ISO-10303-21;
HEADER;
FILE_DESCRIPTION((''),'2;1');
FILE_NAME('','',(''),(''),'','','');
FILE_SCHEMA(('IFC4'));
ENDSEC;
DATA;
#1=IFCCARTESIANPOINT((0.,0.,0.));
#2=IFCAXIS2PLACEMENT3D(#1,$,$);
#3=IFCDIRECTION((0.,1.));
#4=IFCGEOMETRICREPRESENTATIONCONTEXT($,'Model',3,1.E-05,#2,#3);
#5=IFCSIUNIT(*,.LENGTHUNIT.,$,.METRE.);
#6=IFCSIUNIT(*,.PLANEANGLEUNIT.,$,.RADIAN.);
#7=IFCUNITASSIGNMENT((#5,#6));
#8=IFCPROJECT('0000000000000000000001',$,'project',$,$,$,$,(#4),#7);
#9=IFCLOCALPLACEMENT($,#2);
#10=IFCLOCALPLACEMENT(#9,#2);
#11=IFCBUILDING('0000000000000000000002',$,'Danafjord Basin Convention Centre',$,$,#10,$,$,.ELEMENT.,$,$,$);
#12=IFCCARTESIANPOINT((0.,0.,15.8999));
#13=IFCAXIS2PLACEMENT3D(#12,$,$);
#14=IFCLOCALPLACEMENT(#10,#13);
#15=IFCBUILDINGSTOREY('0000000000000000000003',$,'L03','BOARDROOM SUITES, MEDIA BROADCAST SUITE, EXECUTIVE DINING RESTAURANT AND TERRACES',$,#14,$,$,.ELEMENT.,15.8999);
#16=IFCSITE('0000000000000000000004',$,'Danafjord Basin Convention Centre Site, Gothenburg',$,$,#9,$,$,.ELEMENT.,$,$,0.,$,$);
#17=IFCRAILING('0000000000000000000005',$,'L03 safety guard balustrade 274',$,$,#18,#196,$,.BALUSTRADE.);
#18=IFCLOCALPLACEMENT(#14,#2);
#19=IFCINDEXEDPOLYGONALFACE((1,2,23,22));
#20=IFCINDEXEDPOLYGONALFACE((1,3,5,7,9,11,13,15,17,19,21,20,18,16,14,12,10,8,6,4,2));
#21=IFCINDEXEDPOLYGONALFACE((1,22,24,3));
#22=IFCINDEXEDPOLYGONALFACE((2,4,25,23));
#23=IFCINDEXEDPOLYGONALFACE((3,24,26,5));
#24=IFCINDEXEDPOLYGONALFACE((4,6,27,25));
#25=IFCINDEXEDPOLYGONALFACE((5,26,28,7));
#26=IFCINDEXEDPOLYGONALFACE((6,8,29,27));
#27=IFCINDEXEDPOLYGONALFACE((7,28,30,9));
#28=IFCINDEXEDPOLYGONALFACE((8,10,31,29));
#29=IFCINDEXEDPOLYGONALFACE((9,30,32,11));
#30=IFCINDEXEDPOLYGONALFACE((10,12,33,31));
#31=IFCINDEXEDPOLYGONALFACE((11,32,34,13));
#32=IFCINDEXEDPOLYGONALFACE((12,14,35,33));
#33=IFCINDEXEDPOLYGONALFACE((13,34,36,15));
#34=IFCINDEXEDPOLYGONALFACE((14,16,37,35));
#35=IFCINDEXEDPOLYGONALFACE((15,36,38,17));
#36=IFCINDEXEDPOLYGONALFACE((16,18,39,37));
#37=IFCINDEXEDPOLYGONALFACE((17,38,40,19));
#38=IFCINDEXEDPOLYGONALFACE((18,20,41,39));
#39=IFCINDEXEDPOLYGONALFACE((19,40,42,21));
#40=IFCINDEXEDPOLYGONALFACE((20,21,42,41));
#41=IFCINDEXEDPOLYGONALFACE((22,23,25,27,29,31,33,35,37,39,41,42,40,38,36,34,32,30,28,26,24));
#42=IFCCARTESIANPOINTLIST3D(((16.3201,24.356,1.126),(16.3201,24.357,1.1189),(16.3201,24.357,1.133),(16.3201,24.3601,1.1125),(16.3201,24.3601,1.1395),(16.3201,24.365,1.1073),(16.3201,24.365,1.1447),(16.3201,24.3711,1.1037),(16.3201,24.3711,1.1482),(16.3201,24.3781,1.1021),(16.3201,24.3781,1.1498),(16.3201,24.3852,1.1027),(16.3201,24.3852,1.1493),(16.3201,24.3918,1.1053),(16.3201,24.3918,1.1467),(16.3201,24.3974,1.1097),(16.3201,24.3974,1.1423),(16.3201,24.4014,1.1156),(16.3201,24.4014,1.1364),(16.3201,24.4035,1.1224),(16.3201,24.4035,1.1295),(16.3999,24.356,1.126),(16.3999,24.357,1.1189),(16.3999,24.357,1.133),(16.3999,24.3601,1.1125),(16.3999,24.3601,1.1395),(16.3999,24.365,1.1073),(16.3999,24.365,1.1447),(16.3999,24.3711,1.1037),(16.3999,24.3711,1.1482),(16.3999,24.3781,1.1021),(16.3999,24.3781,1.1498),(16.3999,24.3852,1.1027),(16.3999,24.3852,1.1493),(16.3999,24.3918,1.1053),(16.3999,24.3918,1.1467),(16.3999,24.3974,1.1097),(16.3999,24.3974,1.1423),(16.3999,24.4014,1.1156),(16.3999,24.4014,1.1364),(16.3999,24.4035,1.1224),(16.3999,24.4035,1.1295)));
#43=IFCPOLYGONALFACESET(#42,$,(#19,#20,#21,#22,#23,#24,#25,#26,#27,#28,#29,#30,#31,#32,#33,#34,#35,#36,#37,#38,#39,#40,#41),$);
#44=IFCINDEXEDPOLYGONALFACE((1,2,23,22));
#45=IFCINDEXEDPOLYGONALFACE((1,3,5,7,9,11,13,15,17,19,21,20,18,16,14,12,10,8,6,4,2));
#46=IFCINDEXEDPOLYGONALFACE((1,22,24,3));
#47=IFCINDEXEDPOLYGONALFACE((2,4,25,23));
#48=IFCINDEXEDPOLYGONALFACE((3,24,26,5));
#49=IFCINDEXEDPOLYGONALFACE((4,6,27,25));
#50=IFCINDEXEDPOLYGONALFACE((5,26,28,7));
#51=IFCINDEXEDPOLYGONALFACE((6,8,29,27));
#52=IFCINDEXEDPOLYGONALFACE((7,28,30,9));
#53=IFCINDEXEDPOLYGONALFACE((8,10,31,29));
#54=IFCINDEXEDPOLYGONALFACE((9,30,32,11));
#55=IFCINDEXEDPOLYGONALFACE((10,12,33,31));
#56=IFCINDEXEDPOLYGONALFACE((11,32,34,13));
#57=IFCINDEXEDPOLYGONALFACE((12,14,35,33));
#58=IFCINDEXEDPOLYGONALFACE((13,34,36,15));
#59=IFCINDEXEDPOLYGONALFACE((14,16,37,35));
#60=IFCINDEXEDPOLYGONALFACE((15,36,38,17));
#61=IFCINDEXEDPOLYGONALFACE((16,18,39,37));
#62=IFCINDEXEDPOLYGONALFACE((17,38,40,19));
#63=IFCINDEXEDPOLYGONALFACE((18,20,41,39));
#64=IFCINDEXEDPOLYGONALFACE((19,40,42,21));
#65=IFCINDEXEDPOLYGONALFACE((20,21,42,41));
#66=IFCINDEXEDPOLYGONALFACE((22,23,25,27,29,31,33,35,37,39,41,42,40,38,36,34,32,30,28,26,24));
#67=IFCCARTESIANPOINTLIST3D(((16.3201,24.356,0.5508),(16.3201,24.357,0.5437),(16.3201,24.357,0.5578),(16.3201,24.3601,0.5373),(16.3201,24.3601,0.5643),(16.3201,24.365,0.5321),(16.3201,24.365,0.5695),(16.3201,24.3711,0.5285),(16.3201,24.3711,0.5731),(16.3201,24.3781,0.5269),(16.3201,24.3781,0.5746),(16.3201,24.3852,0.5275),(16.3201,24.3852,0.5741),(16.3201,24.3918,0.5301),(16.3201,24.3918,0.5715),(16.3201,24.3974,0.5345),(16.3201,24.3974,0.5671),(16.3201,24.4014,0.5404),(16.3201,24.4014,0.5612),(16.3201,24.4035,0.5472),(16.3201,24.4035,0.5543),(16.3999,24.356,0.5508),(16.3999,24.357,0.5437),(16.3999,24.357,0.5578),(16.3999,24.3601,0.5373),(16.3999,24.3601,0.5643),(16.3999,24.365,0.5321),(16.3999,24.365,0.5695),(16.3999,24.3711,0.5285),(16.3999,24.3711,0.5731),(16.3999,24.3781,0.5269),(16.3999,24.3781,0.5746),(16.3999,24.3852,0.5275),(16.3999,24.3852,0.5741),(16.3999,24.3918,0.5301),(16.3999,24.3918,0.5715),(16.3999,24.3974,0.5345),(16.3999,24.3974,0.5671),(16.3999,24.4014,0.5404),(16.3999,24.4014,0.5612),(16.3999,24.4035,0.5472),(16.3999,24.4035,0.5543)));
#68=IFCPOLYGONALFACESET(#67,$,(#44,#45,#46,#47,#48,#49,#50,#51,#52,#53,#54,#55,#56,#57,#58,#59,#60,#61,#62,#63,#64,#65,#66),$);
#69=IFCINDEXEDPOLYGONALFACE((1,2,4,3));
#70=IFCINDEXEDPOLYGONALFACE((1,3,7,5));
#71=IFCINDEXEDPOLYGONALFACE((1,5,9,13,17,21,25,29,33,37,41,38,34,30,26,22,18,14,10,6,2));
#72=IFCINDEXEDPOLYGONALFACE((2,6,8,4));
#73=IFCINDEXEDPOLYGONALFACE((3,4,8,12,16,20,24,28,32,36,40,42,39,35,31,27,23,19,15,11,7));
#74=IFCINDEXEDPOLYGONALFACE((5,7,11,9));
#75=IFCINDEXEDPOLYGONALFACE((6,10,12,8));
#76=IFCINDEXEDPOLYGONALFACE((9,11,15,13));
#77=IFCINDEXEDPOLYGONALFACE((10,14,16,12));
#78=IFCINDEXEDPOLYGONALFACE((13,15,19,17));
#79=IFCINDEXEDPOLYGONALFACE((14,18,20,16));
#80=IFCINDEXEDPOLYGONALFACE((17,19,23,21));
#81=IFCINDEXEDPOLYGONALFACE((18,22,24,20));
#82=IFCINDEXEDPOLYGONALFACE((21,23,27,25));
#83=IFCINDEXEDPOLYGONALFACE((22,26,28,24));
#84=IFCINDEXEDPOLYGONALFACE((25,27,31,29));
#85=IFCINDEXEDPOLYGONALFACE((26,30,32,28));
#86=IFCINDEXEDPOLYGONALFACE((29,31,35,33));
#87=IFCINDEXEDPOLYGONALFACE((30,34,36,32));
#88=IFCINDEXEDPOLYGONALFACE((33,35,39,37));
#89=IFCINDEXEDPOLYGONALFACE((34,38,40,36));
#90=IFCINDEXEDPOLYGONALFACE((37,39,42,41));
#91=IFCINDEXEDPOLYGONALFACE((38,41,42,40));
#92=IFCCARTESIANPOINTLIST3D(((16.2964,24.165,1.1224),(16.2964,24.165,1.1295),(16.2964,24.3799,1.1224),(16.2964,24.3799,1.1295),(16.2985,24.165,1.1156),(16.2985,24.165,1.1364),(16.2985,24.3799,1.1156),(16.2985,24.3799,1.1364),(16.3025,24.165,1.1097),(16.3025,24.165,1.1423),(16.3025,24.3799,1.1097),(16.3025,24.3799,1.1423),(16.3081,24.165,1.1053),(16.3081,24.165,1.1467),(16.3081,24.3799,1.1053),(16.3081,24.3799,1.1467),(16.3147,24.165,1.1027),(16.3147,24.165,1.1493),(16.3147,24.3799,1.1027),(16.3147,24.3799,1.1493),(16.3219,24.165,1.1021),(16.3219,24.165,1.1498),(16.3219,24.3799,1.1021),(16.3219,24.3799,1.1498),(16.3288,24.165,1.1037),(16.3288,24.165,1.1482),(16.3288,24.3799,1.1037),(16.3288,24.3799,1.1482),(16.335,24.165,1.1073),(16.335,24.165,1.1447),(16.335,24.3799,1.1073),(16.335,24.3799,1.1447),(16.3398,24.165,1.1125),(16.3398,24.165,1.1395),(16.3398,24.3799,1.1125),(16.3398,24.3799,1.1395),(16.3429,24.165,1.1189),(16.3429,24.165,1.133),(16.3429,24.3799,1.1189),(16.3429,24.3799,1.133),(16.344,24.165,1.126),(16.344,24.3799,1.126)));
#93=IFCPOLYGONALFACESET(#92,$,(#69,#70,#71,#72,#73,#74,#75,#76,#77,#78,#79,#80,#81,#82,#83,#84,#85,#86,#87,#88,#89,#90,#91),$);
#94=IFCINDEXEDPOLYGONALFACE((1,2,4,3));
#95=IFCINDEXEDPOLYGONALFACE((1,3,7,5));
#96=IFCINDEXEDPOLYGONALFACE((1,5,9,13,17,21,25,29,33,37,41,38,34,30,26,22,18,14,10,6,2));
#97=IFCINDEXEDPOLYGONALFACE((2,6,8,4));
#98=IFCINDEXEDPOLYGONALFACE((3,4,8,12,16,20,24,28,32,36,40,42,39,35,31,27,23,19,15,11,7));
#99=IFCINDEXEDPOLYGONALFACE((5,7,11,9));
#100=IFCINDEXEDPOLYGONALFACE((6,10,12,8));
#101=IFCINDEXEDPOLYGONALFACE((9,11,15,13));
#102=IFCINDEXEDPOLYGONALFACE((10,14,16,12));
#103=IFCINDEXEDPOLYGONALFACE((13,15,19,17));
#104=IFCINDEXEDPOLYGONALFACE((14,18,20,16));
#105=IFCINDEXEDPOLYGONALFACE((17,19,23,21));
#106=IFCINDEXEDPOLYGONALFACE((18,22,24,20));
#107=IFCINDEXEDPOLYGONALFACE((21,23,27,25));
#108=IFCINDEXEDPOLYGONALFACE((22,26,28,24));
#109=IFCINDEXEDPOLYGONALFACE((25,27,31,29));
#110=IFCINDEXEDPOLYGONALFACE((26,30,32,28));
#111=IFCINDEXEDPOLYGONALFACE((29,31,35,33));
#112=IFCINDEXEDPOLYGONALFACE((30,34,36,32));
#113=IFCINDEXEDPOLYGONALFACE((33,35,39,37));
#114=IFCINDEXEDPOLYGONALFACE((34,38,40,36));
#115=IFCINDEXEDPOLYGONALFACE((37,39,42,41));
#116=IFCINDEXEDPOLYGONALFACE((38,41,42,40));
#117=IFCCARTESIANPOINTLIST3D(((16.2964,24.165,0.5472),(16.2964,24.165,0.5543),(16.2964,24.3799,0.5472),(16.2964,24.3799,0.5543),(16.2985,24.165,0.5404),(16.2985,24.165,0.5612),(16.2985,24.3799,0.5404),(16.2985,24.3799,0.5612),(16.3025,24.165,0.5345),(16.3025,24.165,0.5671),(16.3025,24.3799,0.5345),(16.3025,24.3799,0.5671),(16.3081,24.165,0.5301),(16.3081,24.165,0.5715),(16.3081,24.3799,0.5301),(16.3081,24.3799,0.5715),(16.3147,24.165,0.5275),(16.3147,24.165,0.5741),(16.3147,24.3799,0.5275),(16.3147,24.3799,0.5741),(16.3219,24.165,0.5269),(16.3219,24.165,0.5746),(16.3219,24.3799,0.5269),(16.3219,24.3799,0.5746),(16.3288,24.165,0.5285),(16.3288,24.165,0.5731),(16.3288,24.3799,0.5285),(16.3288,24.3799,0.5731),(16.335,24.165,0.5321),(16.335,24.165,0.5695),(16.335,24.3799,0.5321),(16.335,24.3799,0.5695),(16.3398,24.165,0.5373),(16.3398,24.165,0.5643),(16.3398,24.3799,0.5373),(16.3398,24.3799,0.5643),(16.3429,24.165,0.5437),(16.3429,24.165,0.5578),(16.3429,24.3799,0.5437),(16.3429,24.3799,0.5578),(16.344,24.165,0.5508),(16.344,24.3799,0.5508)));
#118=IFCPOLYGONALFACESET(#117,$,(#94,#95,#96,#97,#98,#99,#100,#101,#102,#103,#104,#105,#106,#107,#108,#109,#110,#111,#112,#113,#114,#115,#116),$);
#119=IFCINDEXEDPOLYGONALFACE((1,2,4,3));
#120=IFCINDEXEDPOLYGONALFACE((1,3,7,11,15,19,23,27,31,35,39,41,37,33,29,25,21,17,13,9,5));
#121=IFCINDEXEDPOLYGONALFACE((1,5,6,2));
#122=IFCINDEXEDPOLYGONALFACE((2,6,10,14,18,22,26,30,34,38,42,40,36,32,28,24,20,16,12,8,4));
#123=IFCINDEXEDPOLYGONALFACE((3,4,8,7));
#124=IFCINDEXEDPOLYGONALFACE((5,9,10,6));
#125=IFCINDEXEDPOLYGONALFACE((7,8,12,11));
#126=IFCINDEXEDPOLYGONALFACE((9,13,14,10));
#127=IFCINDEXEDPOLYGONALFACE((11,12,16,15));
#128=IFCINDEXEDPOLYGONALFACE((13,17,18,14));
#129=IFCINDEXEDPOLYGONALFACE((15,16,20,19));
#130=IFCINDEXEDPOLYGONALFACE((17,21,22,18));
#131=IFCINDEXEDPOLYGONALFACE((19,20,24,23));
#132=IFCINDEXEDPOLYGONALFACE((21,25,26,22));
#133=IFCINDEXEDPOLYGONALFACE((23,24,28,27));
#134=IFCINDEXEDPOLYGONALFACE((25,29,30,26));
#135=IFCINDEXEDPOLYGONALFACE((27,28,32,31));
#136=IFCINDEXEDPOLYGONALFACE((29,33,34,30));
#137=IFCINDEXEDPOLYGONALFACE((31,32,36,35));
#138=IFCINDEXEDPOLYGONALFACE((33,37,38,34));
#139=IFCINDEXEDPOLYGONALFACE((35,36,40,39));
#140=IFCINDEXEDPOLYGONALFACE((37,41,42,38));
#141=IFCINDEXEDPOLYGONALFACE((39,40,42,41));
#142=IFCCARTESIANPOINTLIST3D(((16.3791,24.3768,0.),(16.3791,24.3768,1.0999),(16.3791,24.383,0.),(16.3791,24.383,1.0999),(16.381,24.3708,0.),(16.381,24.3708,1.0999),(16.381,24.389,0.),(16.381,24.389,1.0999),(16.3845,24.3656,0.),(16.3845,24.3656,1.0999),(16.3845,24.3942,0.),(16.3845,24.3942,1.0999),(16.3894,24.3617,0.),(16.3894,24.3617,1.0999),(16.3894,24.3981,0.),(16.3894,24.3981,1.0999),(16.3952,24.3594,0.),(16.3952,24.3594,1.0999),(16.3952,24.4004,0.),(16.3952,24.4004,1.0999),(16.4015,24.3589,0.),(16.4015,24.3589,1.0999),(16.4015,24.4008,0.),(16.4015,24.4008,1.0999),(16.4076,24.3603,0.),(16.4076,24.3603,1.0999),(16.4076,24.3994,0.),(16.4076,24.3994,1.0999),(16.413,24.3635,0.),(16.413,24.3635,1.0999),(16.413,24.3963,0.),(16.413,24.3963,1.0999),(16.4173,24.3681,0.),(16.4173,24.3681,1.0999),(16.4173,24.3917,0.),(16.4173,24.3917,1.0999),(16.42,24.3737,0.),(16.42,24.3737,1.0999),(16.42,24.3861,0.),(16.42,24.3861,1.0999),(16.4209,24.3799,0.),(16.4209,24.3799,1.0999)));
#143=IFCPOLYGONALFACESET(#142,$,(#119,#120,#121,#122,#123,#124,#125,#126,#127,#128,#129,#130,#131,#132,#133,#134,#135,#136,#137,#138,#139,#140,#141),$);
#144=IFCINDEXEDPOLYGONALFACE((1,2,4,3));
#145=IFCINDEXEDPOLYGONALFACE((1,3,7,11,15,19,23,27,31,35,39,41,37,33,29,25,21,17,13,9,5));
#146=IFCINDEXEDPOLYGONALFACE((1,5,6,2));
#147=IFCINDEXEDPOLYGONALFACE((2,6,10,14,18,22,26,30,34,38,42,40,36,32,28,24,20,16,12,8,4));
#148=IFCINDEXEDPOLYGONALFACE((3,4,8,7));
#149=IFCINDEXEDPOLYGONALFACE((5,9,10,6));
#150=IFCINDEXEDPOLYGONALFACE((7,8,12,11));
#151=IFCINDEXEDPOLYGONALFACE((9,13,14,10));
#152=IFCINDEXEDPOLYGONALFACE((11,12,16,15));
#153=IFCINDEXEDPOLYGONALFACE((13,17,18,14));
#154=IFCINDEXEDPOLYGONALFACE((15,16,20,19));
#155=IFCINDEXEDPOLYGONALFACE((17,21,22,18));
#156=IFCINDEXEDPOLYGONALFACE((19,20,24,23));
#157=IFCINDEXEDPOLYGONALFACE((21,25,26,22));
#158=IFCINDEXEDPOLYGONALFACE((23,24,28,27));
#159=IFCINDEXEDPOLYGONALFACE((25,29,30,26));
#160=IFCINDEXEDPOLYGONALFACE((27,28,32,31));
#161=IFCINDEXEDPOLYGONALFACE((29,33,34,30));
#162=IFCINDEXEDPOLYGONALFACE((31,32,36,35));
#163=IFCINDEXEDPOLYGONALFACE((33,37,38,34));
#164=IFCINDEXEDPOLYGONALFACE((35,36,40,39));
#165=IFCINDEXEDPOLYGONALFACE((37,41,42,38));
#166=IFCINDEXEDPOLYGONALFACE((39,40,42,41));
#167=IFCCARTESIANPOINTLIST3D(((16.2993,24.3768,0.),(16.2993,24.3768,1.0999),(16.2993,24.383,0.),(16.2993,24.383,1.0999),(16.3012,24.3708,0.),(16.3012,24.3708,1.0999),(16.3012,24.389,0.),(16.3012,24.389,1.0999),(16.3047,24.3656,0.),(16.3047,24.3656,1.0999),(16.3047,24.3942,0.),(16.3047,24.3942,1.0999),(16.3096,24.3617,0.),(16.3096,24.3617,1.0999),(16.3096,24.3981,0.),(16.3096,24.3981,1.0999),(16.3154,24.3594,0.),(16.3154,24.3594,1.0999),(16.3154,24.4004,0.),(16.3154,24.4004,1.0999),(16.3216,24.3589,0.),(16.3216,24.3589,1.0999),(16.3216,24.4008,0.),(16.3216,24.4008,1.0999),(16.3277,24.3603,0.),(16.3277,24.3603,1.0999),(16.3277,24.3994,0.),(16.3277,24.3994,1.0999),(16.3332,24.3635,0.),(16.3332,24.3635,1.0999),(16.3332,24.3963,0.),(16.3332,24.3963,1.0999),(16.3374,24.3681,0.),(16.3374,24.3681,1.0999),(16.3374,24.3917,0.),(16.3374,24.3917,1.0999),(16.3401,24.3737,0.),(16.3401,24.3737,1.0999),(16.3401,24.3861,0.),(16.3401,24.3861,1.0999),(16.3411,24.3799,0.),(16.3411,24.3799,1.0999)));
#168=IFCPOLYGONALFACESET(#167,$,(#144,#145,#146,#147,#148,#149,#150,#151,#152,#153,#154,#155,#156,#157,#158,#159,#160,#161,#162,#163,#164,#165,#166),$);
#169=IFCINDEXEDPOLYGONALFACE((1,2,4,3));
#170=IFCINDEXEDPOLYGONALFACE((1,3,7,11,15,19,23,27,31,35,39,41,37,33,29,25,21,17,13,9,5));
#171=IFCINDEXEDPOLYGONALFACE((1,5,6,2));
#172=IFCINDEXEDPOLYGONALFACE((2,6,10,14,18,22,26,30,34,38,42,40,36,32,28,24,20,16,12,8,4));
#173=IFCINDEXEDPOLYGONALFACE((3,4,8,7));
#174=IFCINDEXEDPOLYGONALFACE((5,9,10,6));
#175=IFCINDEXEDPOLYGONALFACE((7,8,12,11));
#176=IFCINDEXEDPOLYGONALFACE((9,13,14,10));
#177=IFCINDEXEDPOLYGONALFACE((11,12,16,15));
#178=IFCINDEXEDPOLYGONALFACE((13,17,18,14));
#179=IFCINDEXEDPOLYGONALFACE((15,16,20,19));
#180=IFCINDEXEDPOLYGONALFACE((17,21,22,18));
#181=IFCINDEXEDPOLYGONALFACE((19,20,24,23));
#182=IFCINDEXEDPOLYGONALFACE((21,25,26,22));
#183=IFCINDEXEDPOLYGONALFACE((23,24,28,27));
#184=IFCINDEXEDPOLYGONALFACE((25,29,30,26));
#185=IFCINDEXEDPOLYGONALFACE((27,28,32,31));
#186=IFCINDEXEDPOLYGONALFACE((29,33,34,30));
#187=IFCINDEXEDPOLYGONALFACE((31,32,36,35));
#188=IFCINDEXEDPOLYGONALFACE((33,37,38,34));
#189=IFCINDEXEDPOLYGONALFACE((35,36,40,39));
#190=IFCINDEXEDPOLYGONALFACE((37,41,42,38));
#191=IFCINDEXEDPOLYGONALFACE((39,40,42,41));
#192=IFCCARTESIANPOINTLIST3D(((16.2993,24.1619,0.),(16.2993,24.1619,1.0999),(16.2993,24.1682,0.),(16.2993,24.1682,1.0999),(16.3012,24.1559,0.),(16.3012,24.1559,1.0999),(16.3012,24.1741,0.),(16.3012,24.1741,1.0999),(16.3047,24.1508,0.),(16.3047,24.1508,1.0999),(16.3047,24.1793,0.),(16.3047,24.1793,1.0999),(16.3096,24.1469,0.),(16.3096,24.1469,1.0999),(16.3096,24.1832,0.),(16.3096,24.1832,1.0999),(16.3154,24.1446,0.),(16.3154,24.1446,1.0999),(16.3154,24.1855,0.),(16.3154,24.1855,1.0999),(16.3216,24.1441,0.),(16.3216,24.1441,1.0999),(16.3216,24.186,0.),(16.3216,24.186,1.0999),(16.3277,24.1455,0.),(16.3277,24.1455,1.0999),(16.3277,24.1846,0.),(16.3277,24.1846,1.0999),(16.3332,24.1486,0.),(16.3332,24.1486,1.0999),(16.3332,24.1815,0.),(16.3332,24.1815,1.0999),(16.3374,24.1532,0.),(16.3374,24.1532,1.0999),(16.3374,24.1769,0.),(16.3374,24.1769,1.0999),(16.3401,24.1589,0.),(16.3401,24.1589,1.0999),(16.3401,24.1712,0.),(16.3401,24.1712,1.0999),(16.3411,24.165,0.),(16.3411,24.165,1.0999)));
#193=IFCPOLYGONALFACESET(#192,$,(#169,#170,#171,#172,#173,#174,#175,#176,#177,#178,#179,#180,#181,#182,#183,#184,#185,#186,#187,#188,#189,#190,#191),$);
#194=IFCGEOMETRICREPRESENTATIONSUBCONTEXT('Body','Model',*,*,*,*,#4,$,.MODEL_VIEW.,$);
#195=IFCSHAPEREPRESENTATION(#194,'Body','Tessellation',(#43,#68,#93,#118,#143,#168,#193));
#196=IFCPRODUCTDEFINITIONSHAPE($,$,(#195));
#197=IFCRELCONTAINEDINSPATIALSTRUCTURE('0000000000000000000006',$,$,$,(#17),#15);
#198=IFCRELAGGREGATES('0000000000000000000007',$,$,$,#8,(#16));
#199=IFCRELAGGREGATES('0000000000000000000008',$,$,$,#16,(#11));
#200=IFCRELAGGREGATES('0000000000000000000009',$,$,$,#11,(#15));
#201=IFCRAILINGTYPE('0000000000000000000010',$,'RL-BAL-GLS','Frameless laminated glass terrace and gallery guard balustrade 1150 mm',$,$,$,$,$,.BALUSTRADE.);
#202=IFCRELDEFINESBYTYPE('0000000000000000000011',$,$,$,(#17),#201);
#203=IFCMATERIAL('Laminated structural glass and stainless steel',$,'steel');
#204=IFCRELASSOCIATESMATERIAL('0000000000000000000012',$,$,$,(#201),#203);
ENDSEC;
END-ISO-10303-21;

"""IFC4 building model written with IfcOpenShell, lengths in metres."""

from ifc_helpers import new_model, si_unit, direction, frame, origin, origin_2d, place, context, subcontext, project, spatial, circle, extrude, material, type_object, element, save


model = new_model("IFC4")

# Units and contexts
model_context = context("Model", 3, precision=1e-05, world=origin(), true_north=direction((0.0, 1.0)))
body_context = subcontext(model_context, "Body", "Model", "MODEL_VIEW")
ifc_project = project(units=[si_unit("LENGTHUNIT", "METRE"), si_unit("PLANEANGLEUNIT", "RADIAN")], contexts=[model_context])

# Site, building, storey
site_placement = place(None, origin())
site = spatial("IfcSite", under=ifc_project, at=site_placement, Name="Danafjord Basin Convention Centre Site, Gothenburg", CompositionType="ELEMENT", RefElevation=0.0)
building_placement = place(site_placement, origin())
building = spatial("IfcBuilding", under=site, at=building_placement, Name="Danafjord Basin Convention Centre", CompositionType="ELEMENT")
storey_placement = place(building_placement, frame((0.0, 0.0, 15.8999)))
storey = spatial("IfcBuildingStorey", under=building, at=storey_placement, Name="L03", Description="BOARDROOM SUITES, MEDIA BROADCAST SUITE, EXECUTIVE DINING RESTAURANT AND TERRACES", CompositionType="ELEMENT", Elevation=15.8999)

# Railing
ifc_material_1 = material(Name="Laminated structural glass and stainless steel", Category="steel")
railing_type_1 = type_object("IfcRailingType", Name="RL-BAL-GLS", Description="Frameless laminated glass terrace and gallery guard balustrade 1150 mm", PredefinedType="BALUSTRADE", material=ifc_material_1)
railing_1_placement = place(storey_placement, frame((16.3999, 24.3799, 0.0)))
element("IfcRailing", 1, at=railing_1_placement, inside=storey, type_object=railing_type_1, Name="L03 safety guard balustrade 274", PredefinedType="BALUSTRADE", context=body_context, shape_type="SweptSolid", body=[
    extrude(circle(Radius=0.0239, at=origin_2d()), frame((0.0, 0.0, 1.126), z_axis=(-1.0, 0.0, 0.0), x_axis=(0.0, -1.0, 0.0)), (0.0, 0.0, 1.0), 0.0798),
    extrude(circle(Radius=0.0239, at=origin_2d()), frame((0.0, 0.0, 0.5508), z_axis=(-1.0, 0.0, 0.0), x_axis=(0.0, -1.0, 0.0)), (0.0, 0.0, 1.0), 0.0798),
    extrude(circle(Radius=0.0239, at=origin_2d()), frame((-0.0798, 0.0, 1.126), z_axis=(0.0, -1.0, 0.0), x_axis=(1.0, 0.0, 0.0)), (0.0, 0.0, 1.0), 0.2148),
    extrude(circle(Radius=0.0239, at=origin_2d()), frame((-0.0798, 0.0, 0.5508), z_axis=(0.0, -1.0, 0.0), x_axis=(1.0, 0.0, 0.0)), (0.0, 0.0, 1.0), 0.2148),
    extrude(circle(Radius=0.021, at=origin_2d()), origin(), (0.0, 0.0, 1.0), 1.0999),
    extrude(circle(Radius=0.021, at=origin_2d()), frame((-0.0798, 0.0, 0.0)), (0.0, 0.0, 1.0), 1.0999),
    extrude(circle(Radius=0.021, at=origin_2d()), frame((-0.0798, -0.2148, 0.0)), (0.0, 0.0, 1.0), 1.0999),
])

save(model, "model.ifc")
